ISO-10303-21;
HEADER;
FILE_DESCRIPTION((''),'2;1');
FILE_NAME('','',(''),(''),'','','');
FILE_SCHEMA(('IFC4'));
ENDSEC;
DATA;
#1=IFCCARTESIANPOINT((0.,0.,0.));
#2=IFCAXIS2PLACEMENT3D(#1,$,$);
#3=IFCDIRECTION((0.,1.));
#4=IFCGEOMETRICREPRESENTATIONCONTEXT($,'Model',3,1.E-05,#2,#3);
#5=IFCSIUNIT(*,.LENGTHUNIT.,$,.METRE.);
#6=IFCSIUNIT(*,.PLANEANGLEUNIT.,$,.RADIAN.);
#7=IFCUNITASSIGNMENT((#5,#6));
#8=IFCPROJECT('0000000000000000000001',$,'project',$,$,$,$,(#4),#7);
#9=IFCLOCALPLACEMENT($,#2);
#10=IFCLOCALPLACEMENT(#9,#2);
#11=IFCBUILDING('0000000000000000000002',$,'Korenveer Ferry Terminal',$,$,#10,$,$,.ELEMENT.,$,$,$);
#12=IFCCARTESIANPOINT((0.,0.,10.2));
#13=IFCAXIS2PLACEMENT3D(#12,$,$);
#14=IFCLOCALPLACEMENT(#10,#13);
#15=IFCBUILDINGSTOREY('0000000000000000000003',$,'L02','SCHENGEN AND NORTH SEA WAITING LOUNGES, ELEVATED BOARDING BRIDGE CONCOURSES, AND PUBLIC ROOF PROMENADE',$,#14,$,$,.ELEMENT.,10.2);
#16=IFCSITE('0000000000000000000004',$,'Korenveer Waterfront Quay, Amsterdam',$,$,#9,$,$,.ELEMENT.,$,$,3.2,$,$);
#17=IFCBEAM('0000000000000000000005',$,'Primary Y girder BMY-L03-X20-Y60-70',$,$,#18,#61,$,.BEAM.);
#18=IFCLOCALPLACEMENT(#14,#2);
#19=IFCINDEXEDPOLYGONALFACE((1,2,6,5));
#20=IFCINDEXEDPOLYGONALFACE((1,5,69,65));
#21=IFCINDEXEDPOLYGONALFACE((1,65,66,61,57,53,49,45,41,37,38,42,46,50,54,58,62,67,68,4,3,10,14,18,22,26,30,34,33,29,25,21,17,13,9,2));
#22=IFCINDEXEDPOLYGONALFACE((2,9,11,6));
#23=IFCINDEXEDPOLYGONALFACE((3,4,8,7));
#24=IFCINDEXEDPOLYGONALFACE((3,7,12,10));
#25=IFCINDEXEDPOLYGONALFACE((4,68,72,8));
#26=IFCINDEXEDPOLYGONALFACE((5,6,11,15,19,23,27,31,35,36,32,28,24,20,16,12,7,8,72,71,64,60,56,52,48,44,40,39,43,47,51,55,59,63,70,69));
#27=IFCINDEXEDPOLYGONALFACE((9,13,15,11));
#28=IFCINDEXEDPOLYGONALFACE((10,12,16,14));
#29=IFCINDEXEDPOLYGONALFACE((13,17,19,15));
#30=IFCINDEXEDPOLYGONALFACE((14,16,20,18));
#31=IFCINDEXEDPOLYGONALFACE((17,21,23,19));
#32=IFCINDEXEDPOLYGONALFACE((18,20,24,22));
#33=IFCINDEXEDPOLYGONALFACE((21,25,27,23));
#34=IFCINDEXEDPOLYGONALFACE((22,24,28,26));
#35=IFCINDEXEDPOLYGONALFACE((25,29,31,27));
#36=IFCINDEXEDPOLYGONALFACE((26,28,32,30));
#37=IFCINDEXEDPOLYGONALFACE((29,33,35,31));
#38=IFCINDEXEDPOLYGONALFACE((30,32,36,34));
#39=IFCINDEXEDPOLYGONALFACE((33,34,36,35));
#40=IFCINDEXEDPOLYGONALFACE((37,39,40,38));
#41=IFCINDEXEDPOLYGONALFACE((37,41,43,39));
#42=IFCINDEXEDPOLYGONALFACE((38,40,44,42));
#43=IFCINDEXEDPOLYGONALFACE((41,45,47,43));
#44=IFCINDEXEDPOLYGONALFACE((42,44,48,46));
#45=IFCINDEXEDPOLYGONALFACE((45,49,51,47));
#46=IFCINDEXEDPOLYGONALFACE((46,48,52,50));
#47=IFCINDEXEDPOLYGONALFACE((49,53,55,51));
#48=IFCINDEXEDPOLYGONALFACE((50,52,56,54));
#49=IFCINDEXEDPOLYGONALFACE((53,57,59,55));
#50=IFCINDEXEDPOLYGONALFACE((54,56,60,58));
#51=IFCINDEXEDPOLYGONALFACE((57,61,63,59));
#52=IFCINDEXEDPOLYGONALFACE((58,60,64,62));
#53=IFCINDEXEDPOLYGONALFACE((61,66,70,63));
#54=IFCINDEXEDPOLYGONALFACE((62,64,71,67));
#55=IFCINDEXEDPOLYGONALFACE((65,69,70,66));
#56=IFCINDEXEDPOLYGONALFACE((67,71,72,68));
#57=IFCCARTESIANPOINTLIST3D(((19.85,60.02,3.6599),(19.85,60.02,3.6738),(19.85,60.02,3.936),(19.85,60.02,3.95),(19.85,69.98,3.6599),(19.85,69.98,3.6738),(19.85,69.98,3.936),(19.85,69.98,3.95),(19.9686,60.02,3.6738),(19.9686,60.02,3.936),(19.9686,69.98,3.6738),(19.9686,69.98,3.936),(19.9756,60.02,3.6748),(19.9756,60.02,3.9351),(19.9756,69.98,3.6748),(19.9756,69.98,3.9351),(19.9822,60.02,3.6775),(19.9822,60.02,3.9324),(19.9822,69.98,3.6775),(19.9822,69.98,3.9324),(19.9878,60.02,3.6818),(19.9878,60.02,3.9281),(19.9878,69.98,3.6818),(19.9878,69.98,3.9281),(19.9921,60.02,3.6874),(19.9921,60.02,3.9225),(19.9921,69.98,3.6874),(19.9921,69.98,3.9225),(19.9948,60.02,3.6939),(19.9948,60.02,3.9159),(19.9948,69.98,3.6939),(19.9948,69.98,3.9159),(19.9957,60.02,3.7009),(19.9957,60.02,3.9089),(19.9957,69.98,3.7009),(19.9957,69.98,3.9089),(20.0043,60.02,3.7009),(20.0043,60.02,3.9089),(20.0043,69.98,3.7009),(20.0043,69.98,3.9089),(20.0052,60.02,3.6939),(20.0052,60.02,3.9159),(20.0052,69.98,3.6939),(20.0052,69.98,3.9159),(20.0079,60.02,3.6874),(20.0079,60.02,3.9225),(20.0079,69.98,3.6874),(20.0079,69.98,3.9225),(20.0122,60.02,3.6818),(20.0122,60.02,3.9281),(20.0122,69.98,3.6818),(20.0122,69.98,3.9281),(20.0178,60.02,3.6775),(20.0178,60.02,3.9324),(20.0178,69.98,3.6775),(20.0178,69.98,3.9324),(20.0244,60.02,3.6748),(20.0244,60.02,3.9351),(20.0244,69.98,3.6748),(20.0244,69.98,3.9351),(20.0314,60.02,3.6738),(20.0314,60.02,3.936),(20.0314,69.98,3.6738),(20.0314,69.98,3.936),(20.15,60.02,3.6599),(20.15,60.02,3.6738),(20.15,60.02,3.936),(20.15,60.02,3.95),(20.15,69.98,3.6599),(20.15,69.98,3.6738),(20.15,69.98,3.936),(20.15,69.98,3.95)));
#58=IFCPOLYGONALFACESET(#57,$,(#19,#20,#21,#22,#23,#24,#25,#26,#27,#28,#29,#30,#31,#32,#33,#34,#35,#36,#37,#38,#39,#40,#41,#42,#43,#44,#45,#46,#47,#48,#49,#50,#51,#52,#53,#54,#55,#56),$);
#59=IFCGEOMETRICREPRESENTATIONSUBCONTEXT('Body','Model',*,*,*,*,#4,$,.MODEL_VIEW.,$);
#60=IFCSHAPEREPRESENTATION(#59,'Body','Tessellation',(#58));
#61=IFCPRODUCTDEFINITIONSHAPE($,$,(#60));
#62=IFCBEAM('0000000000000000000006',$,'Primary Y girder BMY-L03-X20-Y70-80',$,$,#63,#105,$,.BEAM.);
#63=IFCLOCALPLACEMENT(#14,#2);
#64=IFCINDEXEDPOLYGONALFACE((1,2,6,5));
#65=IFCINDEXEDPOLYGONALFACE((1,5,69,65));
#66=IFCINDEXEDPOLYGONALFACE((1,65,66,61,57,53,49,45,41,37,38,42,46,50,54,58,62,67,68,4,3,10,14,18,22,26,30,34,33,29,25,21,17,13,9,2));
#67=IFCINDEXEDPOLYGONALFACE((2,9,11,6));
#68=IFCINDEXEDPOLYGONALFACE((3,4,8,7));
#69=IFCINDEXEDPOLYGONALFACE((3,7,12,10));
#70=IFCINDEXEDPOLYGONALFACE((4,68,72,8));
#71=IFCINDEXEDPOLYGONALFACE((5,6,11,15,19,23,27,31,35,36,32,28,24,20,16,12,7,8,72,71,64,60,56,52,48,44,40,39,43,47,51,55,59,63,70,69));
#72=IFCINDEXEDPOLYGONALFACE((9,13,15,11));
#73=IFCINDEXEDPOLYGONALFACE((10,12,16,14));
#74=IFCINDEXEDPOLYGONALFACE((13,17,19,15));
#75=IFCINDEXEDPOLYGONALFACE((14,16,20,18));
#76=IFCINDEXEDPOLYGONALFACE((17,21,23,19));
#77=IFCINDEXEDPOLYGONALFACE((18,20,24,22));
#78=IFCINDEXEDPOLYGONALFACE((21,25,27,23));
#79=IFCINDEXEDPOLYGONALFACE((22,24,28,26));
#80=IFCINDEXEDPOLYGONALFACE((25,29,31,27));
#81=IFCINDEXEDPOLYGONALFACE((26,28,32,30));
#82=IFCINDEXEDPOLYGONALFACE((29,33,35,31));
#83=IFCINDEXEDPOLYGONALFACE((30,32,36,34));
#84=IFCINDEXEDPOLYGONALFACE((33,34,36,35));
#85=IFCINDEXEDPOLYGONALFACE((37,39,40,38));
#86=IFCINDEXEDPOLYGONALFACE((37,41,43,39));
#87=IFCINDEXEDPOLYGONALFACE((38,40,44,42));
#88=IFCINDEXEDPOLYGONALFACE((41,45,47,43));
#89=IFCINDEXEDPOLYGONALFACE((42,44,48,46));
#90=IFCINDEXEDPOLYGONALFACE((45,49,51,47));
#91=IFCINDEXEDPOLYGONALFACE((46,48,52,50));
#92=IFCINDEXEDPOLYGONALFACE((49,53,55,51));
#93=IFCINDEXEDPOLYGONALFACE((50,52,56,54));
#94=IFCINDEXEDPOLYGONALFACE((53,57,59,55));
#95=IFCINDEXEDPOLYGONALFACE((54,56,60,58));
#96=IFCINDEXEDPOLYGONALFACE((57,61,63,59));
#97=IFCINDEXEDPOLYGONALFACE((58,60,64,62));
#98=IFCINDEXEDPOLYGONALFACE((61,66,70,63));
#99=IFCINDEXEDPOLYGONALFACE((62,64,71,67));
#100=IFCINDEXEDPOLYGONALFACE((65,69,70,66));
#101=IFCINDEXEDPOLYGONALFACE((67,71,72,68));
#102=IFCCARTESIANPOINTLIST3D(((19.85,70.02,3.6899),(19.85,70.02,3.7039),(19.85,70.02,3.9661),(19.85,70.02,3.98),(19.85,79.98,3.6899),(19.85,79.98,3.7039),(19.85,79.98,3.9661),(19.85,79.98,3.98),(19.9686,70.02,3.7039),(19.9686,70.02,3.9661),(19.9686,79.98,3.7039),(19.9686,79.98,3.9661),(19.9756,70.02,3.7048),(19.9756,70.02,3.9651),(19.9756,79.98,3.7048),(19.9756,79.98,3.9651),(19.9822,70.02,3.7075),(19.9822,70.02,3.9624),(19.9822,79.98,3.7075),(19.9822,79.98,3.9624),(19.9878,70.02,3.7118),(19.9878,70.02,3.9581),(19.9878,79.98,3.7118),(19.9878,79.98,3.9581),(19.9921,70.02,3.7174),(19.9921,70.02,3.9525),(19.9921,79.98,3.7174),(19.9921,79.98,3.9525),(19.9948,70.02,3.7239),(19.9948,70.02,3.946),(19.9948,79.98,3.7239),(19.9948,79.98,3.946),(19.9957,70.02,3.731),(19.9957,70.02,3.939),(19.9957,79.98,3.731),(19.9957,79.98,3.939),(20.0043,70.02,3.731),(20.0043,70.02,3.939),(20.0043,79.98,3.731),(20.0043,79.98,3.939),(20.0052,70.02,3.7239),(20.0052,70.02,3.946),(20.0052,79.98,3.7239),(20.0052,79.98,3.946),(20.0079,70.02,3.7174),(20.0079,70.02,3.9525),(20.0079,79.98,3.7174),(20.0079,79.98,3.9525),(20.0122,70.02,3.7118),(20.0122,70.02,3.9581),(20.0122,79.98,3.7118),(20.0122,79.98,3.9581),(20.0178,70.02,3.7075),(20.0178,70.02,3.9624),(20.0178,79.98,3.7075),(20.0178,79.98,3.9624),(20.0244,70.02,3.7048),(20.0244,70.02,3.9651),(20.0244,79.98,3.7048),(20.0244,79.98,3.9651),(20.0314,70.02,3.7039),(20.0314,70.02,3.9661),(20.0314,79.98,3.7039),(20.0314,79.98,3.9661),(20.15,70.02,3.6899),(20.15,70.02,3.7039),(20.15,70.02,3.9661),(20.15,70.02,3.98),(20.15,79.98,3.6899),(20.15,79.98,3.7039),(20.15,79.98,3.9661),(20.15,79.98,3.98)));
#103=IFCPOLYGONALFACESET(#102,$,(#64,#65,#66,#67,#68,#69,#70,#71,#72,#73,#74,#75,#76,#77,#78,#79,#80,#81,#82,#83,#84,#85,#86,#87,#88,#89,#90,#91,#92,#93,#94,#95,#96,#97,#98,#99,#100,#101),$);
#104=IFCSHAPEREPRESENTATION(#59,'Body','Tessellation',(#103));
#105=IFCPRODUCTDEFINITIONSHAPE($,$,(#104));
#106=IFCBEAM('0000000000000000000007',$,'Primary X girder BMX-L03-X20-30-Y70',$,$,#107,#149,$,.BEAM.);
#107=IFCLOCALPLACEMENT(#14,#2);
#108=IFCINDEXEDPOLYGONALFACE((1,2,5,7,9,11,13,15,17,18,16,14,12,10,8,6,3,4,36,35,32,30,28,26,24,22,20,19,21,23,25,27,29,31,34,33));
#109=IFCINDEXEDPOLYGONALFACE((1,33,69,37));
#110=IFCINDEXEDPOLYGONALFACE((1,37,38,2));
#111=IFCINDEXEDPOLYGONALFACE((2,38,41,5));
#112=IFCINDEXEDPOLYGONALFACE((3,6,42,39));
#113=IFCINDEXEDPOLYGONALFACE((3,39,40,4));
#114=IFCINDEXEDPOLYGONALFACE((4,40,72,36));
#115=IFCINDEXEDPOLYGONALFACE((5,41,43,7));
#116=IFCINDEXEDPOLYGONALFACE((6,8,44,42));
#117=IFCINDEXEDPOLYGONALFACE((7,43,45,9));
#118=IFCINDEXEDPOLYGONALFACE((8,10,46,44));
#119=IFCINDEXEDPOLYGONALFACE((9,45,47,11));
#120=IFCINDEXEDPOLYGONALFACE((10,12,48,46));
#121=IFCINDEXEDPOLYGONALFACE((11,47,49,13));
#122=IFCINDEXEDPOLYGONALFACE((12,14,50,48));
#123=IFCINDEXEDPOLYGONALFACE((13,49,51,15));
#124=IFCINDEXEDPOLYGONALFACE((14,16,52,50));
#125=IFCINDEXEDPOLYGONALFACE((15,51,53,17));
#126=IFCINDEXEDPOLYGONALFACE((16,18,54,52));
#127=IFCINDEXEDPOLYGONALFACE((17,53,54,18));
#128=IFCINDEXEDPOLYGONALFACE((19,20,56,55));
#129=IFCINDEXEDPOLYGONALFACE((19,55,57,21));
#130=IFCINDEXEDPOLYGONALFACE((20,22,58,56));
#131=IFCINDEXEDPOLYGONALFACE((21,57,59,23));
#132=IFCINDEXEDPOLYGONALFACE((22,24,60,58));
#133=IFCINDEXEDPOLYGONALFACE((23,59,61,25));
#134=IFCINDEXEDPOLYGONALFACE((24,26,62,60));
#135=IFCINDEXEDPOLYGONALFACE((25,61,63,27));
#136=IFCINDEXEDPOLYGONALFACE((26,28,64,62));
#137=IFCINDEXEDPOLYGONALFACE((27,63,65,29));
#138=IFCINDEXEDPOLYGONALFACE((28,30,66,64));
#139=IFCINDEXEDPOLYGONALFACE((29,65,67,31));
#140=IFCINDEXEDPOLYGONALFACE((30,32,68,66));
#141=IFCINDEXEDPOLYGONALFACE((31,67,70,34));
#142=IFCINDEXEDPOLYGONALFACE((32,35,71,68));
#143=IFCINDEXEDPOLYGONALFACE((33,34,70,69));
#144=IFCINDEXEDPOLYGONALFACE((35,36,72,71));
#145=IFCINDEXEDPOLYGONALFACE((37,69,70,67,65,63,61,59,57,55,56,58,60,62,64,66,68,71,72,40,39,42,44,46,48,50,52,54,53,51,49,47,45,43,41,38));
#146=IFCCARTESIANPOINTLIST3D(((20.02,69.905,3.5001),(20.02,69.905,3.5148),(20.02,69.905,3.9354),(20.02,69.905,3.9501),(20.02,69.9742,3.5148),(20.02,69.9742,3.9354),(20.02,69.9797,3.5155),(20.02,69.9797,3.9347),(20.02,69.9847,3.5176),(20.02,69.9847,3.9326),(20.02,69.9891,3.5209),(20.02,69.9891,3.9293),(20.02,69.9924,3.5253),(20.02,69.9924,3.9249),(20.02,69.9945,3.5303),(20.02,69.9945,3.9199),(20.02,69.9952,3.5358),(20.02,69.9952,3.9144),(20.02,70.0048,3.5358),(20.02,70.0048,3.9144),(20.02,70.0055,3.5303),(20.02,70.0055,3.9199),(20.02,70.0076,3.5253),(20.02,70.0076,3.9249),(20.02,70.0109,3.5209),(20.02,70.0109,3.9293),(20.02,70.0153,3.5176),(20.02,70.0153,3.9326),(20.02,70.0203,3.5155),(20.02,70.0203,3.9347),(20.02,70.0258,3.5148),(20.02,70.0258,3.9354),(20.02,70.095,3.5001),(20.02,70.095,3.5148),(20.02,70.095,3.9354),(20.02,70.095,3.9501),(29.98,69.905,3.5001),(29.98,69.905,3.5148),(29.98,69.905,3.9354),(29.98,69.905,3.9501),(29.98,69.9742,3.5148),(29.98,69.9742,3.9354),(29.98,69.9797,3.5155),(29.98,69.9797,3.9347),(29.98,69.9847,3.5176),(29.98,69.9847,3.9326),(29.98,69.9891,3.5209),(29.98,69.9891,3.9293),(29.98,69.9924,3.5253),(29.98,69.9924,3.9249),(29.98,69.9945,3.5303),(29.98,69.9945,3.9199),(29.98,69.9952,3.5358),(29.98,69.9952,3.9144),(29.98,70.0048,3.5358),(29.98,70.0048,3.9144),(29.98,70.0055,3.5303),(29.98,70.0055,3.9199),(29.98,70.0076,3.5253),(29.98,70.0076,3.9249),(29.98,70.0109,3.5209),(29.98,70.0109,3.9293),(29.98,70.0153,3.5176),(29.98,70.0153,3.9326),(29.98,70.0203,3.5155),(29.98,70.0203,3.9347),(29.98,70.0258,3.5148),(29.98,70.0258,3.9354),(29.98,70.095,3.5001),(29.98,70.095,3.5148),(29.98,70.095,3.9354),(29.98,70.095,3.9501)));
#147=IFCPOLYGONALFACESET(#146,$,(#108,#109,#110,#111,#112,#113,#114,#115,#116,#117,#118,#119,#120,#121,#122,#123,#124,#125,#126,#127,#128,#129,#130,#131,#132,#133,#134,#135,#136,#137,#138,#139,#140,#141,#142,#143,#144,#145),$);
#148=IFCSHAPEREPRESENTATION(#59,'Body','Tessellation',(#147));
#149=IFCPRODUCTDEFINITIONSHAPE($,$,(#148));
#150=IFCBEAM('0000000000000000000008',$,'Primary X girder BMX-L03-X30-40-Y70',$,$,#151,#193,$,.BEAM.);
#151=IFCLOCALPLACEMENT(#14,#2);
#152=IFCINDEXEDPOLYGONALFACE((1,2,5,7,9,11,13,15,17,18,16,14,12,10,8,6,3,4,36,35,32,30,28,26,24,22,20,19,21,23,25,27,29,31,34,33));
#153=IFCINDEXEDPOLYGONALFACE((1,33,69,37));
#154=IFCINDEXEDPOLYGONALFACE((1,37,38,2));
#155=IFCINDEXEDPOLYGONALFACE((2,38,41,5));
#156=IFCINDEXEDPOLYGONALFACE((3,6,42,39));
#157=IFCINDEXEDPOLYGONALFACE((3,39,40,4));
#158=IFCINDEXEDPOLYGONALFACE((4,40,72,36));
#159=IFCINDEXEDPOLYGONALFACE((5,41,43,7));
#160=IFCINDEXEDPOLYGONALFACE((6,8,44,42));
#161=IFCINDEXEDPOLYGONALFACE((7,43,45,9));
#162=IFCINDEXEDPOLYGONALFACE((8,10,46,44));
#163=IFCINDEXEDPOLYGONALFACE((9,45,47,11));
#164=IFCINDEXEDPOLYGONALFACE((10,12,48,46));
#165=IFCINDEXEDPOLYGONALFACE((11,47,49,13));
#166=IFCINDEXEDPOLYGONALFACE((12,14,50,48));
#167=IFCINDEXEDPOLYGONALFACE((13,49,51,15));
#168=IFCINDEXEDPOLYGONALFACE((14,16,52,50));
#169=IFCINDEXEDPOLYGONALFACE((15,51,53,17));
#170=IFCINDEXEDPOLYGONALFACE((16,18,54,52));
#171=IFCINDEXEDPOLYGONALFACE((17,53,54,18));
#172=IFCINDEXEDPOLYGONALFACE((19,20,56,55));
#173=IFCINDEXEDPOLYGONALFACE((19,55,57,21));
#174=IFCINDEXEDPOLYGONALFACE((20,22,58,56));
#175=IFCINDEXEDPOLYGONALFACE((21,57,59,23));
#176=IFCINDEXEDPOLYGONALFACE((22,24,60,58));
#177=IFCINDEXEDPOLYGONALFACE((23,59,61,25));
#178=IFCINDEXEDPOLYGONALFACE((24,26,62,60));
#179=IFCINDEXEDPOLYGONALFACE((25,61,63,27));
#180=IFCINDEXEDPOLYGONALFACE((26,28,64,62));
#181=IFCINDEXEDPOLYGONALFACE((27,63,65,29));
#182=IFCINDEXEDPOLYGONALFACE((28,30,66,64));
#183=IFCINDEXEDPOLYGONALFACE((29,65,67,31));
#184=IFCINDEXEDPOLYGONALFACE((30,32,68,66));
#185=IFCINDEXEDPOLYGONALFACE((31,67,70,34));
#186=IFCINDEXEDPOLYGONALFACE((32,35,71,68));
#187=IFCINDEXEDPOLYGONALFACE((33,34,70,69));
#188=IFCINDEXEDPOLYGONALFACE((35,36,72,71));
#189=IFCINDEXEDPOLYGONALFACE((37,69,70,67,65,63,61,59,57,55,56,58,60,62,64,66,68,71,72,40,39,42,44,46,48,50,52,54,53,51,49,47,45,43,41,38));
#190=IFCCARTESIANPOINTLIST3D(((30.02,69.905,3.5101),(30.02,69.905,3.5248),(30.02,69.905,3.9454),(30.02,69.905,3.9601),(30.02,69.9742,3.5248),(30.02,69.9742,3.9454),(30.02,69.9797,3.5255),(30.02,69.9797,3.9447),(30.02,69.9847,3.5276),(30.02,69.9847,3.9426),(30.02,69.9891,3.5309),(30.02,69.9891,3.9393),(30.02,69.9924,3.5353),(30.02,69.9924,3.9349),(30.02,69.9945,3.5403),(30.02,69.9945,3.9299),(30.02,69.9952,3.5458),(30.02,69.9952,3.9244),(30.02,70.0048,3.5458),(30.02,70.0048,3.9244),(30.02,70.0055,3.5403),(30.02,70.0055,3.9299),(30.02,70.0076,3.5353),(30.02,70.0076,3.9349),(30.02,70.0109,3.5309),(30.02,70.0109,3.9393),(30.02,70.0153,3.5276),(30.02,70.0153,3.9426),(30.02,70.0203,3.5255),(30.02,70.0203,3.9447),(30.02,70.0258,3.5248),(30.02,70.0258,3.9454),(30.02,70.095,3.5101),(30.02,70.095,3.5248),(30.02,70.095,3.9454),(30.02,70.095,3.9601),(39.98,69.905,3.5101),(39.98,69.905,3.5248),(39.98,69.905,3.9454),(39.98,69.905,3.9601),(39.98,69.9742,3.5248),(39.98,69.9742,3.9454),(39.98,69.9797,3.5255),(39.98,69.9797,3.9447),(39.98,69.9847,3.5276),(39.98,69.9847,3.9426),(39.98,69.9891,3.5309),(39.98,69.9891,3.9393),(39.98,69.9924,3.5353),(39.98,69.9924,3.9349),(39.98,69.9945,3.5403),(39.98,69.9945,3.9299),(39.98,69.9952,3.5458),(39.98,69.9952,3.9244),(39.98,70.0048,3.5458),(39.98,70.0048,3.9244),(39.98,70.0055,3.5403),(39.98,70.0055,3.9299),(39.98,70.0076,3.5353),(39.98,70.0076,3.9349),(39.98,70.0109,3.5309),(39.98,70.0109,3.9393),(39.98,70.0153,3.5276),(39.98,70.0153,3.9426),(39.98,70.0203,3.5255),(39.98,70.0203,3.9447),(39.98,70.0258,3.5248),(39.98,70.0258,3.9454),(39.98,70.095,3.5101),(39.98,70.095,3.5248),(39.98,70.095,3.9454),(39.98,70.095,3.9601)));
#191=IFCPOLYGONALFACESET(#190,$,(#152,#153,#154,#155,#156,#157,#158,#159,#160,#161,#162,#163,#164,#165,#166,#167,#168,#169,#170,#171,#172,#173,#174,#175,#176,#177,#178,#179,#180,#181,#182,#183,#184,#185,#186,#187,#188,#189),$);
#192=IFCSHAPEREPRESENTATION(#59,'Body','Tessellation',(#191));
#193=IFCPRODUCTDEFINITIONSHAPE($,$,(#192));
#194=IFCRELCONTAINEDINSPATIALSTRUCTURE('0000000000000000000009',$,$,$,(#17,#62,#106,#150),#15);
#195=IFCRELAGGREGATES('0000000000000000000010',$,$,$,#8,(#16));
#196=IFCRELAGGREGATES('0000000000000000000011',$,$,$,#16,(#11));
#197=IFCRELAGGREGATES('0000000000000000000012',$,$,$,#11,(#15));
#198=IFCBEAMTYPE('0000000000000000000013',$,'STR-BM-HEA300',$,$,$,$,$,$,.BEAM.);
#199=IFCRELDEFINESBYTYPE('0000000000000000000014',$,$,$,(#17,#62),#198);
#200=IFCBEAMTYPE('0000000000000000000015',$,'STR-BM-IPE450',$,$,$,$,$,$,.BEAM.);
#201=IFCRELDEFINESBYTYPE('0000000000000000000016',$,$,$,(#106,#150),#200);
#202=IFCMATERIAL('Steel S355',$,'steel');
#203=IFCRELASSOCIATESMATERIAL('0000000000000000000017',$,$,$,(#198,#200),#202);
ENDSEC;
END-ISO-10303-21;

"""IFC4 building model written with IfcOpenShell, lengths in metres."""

from ifc_helpers import new_model, si_unit, direction, frame, origin, origin_2d, place, context, subcontext, project, spatial, i_section, extrude, material, material_profile, profile_set, type_object, element, save


model = new_model("IFC4")

# Units and contexts
model_context = context("Model", 3, precision=1e-05, world=origin(), true_north=direction((0.0, 1.0)))
body_context = subcontext(model_context, "Body", "Model", "MODEL_VIEW")
ifc_project = project(units=[si_unit("LENGTHUNIT", "METRE"), si_unit("PLANEANGLEUNIT", "RADIAN")], contexts=[model_context])

# Site, building, storey
site_placement = place(None, origin())
site = spatial("IfcSite", under=ifc_project, at=site_placement, Name="Korenveer Waterfront Quay, Amsterdam", CompositionType="ELEMENT", RefElevation=3.2)
building_placement = place(site_placement, origin())
building = spatial("IfcBuilding", under=site, at=building_placement, Name="Korenveer Ferry Terminal", CompositionType="ELEMENT")
storey_placement = place(building_placement, frame((0.0, 0.0, 10.2)))
storey = spatial("IfcBuildingStorey", under=building, at=storey_placement, Name="L02", Description="SCHENGEN AND NORTH SEA WAITING LOUNGES, ELEVATED BOARDING BRIDGE CONCOURSES, AND PUBLIC ROOF PROMENADE", CompositionType="ELEMENT", Elevation=10.2)

# Beams
ifc_material_1 = material(Name="Steel S355", Category="steel")
ifc_material_profile_1 = material_profile(ifc_material_1, i_section(OverallWidth=0.3, OverallDepth=0.29, WebThickness=0.0085, FlangeThickness=0.0139, FilletRadius=0.0271, at=origin_2d()), Name="HEA 300")
ifc_profile_set_1 = profile_set([ifc_material_profile_1], Name="Steel S355")
beam_type_1 = type_object("IfcBeamType", Name="STR-BM-HEA300", PredefinedType="BEAM", material=ifc_profile_set_1)
for number, where, z_axis, x_axis, name in (
    (1, (20.0, 60.02, 3.8049), (0.0, 1.0, 0.0), (-1.0, 0.0, 0.0), "Primary Y girder BMY-L03-X20-Y60-70"),
    (2, (20.0, 70.02, 3.835), (0.0, 1.0, 0.0), (-1.0, 0.0, 0.0), "Primary Y girder BMY-L03-X20-Y70-80"),
):
    element("IfcBeam", number, at=place(storey_placement, frame(where, z_axis=z_axis, x_axis=x_axis)), inside=storey, type_object=beam_type_1, Name=name, PredefinedType="BEAM", context=body_context, shape_type="SweptSolid", body=[
        extrude(i_section(OverallWidth=0.3, OverallDepth=0.29, WebThickness=0.0085, FlangeThickness=0.0139, FilletRadius=0.0271, at=origin_2d()), origin(), (0.0, 0.0, 1.0), 9.96),
    ])
ifc_material_profile_2 = material_profile(ifc_material_1, i_section(OverallWidth=0.1899, OverallDepth=0.45, WebThickness=0.0095, FlangeThickness=0.0146, FilletRadius=0.021, at=origin_2d()), Name="IPE 450")
ifc_profile_set_2 = profile_set([ifc_material_profile_2], Name="Steel S355")
beam_type_2 = type_object("IfcBeamType", Name="STR-BM-IPE450", PredefinedType="BEAM", material=ifc_profile_set_2)
for number, where, z_axis, x_axis, name in (
    (3, (20.02, 70.0, 3.7251), (1.0, 0.0, 0.0), (0.0, 1.0, 0.0), "Primary X girder BMX-L03-X20-30-Y70"),
    (4, (30.02, 70.0, 3.7351), (1.0, 0.0, 0.0), (0.0, 1.0, 0.0), "Primary X girder BMX-L03-X30-40-Y70"),
):
    element("IfcBeam", number, at=place(storey_placement, frame(where, z_axis=z_axis, x_axis=x_axis)), inside=storey, type_object=beam_type_2, Name=name, PredefinedType="BEAM", context=body_context, shape_type="SweptSolid", body=[
        extrude(i_section(OverallWidth=0.1899, OverallDepth=0.45, WebThickness=0.0095, FlangeThickness=0.0146, FilletRadius=0.021, at=origin_2d()), origin(), (0.0, 0.0, 1.0), 9.96),
    ])

save(model, "model.ifc")
